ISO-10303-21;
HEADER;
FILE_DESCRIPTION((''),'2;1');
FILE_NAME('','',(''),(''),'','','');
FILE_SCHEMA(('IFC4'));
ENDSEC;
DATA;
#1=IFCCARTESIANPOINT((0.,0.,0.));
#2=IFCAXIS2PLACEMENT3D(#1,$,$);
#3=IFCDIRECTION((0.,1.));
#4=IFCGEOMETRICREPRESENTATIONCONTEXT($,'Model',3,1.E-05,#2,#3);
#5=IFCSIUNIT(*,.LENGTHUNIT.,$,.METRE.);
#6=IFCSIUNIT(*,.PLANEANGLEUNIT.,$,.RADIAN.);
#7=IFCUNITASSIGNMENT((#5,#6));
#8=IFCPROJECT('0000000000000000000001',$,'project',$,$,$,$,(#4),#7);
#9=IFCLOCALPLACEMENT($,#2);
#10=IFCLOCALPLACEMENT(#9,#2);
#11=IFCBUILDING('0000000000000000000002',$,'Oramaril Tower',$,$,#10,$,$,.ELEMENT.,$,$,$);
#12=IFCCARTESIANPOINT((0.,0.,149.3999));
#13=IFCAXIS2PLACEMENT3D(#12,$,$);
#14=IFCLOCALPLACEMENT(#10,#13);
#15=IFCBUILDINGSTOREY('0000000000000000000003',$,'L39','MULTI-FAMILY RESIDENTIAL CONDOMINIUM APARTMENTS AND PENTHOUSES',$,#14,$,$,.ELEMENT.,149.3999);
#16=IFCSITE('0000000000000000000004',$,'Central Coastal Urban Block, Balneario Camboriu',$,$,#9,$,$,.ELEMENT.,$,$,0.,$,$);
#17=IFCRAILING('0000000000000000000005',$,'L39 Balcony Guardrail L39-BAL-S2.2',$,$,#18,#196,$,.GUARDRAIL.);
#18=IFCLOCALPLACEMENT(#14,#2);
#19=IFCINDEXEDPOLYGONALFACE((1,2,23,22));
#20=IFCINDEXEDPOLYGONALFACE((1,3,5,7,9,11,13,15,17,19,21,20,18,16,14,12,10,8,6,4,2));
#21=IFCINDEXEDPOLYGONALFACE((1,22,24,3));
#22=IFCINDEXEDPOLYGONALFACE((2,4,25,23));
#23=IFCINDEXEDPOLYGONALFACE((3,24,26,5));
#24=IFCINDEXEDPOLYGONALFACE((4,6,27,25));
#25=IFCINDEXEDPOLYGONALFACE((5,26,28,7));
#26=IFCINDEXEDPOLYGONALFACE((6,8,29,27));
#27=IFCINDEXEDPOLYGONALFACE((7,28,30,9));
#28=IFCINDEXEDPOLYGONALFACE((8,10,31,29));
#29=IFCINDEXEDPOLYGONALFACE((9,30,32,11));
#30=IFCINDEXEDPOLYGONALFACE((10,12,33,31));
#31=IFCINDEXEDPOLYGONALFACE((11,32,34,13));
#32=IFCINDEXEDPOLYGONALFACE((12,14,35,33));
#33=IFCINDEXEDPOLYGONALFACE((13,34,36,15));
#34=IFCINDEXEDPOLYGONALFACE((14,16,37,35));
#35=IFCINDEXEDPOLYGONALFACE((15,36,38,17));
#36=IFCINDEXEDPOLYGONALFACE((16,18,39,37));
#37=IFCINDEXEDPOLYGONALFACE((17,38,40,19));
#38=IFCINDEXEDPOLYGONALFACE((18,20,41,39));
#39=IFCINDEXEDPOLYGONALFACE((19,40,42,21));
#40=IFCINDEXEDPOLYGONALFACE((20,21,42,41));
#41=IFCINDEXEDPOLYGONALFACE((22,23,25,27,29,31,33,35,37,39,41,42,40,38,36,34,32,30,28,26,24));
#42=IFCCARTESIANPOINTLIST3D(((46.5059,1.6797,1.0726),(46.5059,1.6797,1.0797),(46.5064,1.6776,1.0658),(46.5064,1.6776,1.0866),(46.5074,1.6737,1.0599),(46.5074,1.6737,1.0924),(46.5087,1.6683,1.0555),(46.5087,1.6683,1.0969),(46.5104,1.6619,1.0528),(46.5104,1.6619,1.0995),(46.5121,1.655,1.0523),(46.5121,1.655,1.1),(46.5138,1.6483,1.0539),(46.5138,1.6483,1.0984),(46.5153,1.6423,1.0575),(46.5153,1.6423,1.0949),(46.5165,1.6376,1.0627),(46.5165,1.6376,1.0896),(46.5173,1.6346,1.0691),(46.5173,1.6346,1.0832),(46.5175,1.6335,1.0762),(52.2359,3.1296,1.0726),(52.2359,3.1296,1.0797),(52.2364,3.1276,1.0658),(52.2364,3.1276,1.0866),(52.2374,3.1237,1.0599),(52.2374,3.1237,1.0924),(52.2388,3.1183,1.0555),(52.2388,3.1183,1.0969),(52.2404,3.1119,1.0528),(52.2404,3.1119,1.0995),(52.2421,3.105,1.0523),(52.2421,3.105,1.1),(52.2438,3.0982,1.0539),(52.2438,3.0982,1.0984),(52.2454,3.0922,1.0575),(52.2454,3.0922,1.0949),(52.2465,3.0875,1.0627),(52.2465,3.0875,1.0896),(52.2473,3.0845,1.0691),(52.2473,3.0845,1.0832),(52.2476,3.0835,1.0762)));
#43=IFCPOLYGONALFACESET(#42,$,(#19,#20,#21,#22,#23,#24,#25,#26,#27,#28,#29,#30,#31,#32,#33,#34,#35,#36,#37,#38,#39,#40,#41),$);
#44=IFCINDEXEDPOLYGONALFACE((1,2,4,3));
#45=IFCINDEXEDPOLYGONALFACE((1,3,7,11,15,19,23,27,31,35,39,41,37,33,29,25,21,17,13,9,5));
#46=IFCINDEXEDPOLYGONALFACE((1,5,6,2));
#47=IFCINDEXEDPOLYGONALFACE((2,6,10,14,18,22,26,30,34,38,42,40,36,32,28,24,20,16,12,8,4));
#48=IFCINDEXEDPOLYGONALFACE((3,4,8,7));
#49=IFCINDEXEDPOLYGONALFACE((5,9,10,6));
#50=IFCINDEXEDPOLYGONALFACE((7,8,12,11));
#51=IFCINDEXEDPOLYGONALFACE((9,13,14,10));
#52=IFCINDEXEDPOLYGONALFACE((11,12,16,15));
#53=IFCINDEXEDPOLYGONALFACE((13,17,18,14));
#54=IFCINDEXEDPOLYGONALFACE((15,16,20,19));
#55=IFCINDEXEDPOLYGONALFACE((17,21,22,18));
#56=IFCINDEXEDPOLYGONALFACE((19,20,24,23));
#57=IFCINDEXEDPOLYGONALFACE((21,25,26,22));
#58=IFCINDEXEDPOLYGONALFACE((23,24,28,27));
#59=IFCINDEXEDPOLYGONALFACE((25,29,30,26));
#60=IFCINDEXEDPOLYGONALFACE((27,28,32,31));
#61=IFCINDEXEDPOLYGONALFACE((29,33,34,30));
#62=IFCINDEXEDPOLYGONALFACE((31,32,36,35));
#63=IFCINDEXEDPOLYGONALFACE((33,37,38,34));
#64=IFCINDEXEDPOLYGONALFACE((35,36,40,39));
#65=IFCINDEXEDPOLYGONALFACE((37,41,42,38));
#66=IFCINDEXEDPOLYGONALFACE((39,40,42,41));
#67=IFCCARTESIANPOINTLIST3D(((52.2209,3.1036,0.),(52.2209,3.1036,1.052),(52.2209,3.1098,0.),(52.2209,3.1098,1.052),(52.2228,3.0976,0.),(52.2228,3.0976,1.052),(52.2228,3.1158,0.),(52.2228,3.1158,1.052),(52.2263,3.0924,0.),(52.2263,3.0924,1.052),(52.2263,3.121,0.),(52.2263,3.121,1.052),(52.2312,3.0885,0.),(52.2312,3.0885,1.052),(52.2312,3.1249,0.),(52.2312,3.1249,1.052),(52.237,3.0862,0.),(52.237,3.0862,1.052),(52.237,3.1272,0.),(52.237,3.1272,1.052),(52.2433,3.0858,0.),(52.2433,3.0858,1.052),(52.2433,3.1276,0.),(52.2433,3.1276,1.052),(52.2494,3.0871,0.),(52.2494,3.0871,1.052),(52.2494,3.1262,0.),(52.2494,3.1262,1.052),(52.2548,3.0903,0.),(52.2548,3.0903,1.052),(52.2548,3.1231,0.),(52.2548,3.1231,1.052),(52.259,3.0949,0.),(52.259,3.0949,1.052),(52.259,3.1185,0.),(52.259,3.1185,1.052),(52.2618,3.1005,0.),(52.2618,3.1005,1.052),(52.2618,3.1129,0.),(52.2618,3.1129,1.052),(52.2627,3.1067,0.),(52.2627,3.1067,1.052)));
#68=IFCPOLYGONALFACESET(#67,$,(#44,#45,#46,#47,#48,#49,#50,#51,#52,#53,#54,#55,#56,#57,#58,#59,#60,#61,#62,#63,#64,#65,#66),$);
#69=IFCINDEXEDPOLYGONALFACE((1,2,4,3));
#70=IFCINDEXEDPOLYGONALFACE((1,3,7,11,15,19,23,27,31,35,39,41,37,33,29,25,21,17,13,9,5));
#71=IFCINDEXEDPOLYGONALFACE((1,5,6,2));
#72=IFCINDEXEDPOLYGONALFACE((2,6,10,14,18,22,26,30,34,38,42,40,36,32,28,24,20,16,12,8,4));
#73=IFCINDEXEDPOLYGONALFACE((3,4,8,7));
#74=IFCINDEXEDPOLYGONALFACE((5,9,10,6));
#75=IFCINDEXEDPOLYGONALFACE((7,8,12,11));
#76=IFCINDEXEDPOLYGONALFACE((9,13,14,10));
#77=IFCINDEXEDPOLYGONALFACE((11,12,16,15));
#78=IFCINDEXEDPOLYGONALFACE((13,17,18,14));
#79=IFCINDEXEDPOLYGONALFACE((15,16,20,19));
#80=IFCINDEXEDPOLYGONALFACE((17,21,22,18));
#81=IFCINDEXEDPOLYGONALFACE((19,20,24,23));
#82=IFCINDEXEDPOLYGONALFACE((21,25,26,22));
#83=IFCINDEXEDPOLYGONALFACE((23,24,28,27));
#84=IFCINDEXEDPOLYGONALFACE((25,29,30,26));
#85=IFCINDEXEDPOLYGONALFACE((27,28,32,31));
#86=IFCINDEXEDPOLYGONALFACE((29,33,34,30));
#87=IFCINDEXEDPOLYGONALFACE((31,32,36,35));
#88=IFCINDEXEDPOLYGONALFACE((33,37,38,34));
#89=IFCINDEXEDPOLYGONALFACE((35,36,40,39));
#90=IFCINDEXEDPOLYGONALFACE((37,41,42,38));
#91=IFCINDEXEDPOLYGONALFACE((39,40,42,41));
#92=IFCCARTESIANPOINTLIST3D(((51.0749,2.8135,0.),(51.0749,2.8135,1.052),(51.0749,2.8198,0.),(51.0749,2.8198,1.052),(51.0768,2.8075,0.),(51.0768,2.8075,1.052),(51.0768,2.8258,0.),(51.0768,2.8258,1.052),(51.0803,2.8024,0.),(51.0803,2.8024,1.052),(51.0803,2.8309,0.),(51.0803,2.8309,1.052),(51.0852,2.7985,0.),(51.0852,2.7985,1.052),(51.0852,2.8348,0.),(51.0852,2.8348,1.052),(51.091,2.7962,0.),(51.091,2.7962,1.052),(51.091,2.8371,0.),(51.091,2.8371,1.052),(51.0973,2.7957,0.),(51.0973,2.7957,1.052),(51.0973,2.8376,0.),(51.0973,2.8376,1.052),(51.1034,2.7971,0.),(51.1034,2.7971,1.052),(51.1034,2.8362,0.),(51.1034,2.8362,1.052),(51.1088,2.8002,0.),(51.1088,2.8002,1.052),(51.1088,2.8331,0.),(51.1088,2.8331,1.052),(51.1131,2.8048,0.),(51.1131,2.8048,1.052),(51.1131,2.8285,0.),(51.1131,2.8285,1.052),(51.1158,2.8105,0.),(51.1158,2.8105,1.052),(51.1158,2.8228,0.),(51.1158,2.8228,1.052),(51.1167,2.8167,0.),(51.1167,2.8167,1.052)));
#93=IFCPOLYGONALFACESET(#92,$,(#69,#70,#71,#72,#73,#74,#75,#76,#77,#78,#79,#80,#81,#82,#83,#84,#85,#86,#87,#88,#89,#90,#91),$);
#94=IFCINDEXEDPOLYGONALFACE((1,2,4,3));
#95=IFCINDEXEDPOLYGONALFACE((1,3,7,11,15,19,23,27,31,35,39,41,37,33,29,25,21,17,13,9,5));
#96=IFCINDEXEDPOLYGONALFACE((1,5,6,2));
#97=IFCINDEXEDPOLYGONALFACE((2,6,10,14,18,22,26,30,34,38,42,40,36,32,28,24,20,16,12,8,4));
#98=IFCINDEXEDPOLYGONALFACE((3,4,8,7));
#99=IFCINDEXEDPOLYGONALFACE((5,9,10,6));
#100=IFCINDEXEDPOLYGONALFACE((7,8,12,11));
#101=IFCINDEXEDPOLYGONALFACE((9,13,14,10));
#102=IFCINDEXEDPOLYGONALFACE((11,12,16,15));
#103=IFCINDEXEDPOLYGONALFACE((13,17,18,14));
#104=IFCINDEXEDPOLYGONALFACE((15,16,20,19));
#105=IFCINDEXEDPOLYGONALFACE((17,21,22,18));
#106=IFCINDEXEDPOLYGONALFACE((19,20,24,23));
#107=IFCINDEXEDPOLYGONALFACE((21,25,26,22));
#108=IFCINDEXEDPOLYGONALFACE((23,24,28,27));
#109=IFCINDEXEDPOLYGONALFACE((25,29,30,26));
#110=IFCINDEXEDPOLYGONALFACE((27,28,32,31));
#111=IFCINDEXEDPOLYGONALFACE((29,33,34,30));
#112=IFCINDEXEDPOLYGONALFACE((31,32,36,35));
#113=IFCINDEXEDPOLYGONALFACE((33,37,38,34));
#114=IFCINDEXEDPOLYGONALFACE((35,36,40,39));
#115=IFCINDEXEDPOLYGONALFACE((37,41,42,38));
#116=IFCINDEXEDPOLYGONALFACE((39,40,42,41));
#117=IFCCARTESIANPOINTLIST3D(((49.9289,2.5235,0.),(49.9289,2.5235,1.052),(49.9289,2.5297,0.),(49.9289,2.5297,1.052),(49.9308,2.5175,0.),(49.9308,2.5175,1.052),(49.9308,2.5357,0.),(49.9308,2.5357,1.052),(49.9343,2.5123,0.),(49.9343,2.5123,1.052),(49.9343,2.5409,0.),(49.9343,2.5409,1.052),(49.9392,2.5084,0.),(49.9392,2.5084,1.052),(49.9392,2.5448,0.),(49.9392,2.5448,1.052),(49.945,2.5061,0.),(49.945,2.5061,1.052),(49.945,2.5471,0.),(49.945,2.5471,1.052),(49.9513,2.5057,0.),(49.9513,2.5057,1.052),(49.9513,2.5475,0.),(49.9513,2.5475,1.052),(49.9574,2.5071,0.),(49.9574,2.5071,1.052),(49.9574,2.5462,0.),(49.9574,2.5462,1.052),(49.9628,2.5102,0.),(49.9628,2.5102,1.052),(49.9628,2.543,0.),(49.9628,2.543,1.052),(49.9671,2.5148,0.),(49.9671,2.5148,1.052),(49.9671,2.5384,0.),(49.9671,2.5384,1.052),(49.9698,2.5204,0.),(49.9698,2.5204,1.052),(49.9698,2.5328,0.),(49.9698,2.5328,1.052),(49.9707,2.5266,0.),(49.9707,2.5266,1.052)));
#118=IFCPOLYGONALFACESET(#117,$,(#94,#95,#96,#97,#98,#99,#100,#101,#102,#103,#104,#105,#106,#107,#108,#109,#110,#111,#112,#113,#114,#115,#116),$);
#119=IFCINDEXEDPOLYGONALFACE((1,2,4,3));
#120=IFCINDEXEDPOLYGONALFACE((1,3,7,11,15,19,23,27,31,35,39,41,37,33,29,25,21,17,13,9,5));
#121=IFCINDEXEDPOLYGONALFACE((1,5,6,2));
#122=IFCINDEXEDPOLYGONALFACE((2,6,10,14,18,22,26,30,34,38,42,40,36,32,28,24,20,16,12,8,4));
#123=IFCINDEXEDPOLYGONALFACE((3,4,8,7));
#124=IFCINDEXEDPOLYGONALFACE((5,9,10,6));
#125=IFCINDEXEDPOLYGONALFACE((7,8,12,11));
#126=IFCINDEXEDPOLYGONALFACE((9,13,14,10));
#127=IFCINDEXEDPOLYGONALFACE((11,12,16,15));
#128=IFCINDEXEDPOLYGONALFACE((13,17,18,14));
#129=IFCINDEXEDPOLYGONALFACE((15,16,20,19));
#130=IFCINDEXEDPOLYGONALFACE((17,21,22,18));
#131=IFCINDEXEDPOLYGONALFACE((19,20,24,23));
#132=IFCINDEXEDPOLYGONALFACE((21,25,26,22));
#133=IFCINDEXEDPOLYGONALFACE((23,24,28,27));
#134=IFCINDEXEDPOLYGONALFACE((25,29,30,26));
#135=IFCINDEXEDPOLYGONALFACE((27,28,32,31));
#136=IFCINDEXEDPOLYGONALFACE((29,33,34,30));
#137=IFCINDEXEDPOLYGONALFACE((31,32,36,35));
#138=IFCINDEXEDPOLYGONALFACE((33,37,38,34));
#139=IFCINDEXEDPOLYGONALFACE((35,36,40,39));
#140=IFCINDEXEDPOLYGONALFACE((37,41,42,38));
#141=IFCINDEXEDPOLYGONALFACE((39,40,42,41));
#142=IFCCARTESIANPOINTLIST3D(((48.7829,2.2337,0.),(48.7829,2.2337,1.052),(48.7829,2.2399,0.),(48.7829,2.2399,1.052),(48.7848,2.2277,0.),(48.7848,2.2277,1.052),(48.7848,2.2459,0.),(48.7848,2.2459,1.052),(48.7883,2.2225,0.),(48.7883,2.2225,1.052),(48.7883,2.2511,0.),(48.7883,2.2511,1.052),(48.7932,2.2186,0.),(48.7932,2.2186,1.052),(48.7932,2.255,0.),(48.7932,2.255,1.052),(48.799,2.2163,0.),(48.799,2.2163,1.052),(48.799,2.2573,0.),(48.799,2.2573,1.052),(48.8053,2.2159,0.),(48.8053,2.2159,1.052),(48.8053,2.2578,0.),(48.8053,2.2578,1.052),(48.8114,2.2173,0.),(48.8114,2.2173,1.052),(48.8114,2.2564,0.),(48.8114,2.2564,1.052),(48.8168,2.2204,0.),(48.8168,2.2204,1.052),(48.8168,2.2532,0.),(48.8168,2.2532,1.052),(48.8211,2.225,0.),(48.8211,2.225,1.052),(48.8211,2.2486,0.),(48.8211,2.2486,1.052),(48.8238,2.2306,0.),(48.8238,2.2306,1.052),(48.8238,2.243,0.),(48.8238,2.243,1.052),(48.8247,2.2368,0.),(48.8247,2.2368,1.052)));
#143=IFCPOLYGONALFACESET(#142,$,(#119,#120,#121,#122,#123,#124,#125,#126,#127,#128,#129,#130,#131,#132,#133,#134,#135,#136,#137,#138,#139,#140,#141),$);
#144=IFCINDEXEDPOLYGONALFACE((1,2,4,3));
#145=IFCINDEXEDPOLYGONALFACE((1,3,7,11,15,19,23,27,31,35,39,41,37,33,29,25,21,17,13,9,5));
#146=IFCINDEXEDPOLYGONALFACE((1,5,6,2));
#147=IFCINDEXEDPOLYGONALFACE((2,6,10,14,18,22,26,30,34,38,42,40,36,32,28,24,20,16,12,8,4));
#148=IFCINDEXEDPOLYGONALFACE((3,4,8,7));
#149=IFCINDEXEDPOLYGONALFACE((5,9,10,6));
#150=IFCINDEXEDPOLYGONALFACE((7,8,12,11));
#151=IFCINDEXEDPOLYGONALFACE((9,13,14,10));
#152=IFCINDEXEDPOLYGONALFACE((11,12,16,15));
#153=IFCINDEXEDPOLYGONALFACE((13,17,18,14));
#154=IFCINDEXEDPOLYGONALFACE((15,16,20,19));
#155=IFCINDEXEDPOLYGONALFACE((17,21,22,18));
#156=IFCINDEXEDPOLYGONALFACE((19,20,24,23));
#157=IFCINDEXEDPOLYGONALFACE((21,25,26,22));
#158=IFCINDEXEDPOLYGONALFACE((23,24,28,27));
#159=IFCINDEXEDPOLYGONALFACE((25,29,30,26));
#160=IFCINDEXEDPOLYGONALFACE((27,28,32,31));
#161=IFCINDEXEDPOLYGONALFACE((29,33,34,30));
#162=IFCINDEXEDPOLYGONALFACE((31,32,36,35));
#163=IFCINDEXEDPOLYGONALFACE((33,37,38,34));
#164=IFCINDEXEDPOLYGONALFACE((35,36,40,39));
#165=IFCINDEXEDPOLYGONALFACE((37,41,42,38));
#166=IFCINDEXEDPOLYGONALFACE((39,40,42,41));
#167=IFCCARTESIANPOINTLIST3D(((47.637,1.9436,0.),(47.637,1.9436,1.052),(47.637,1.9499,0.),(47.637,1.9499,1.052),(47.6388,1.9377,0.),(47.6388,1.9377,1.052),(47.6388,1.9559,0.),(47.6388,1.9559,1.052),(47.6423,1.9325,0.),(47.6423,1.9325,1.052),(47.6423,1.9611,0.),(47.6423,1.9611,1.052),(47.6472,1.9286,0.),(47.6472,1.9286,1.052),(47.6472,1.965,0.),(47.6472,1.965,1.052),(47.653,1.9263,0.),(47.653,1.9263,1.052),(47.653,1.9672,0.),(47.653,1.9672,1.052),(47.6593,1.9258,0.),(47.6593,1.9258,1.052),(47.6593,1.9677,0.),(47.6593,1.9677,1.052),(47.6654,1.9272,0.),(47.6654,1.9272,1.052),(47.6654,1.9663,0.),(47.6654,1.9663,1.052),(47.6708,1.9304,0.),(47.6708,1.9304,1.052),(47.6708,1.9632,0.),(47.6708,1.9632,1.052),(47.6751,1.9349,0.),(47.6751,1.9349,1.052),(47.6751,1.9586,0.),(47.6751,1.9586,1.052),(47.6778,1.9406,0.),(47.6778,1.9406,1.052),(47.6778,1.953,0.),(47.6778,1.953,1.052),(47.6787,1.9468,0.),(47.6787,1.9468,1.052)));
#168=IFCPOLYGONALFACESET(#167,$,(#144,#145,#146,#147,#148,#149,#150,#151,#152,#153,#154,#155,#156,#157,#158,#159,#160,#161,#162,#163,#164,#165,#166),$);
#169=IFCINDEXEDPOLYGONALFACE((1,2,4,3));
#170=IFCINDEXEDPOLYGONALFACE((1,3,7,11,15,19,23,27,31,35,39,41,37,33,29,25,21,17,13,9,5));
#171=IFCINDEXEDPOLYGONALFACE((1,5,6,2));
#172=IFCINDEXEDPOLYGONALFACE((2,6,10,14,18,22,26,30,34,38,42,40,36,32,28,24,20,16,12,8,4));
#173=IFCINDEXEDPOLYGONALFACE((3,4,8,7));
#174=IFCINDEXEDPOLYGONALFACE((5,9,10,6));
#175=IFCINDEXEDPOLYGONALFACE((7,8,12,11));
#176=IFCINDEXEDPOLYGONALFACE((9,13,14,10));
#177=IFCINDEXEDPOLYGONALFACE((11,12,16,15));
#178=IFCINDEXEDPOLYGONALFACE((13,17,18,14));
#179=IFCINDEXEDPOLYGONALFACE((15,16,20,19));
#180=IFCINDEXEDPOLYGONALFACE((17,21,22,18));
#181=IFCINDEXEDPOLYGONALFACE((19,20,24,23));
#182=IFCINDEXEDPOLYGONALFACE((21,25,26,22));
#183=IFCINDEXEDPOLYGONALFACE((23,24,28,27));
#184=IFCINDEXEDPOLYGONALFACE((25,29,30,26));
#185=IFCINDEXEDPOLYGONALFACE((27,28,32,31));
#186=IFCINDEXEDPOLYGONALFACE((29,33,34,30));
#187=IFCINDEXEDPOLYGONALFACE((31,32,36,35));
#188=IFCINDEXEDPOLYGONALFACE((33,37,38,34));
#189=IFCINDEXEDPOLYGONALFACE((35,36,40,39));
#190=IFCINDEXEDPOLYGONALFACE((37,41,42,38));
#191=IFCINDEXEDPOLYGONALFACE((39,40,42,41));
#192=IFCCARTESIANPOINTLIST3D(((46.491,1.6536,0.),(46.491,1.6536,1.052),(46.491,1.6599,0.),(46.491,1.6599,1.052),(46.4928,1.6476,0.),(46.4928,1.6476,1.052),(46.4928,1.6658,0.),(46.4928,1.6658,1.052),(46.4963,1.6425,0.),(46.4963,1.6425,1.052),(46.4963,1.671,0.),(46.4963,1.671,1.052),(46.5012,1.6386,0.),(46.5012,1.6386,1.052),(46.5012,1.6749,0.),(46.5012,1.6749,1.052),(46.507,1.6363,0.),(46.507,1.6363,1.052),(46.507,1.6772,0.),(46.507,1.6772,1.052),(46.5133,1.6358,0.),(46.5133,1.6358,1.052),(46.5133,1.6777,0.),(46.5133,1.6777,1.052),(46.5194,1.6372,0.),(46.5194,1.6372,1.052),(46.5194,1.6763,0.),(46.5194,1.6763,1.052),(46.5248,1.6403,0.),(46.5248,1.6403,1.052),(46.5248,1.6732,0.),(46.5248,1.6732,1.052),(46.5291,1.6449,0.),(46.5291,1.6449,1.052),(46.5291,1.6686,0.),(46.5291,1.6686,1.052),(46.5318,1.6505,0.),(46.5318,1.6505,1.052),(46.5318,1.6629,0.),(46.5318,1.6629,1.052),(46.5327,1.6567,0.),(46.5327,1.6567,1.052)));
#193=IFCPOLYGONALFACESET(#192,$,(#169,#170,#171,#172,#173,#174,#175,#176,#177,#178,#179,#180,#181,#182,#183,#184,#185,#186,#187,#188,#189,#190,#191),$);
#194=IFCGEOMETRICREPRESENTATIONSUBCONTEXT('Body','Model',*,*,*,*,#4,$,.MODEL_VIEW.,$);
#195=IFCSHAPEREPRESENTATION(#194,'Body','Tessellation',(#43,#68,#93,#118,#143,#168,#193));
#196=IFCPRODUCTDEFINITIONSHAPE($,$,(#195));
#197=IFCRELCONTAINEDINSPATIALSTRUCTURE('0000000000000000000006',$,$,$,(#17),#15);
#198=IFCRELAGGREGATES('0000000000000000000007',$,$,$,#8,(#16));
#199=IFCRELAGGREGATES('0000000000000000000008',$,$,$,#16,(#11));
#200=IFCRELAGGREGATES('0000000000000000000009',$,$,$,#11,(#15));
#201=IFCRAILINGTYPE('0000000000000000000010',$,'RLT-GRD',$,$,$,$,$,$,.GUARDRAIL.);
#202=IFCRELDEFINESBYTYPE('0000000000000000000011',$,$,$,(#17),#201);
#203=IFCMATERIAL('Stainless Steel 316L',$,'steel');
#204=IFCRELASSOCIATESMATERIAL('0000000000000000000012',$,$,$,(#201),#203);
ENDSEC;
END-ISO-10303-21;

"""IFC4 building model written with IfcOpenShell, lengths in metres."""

from ifc_helpers import new_model, si_unit, direction, frame, origin, origin_2d, place, context, subcontext, project, spatial, circle, extrude, material, type_object, element, save


model = new_model("IFC4")

# Units and contexts
model_context = context("Model", 3, precision=1e-05, world=origin(), true_north=direction((0.0, 1.0)))
body_context = subcontext(model_context, "Body", "Model", "MODEL_VIEW")
ifc_project = project(units=[si_unit("LENGTHUNIT", "METRE"), si_unit("PLANEANGLEUNIT", "RADIAN")], contexts=[model_context])

# Site, building, storey
site_placement = place(None, origin())
site = spatial("IfcSite", under=ifc_project, at=site_placement, Name="Central Coastal Urban Block, Balneario Camboriu", CompositionType="ELEMENT", RefElevation=0.0)
building_placement = place(site_placement, origin())
building = spatial("IfcBuilding", under=site, at=building_placement, Name="Oramaril Tower", CompositionType="ELEMENT")
storey_placement = place(building_placement, frame((0.0, 0.0, 149.3999)))
storey = spatial("IfcBuildingStorey", under=building, at=storey_placement, Name="L39", Description="MULTI-FAMILY RESIDENTIAL CONDOMINIUM APARTMENTS AND PENTHOUSES", CompositionType="ELEMENT", Elevation=149.3999)

# Railing
ifc_material_1 = material(Name="Stainless Steel 316L", Category="steel")
railing_type = type_object("IfcRailingType", Name="RLT-GRD", PredefinedType="GUARDRAIL", material=ifc_material_1)
railing_1_placement = place(storey_placement, frame((52.2417, 3.1067, 0.0)))
element("IfcRailing", 1, at=railing_1_placement, inside=storey, type_object=railing_type, Name="L39 Balcony Guardrail L39-BAL-S2.2", PredefinedType="GUARDRAIL", context=body_context, shape_type="SweptSolid", body=[
    extrude(circle(Radius=0.0239, at=origin_2d()), frame((0.0, 0.0, 1.0762), z_axis=(-0.969444, -0.245314, 0.0), x_axis=(0.245314, -0.969444, 0.0)), (0.0, 0.0, 1.0), 5.9106),
    extrude(circle(Radius=0.021, at=origin_2d()), origin(), (0.0, 0.0, 1.0), 1.052),
    extrude(circle(Radius=0.021, at=origin_2d()), frame((-1.146, -0.29, 0.0)), (0.0, 0.0, 1.0), 1.052),
    extrude(circle(Radius=0.021, at=origin_2d()), frame((-2.292, -0.5801, 0.0)), (0.0, 0.0, 1.0), 1.052),
    extrude(circle(Radius=0.021, at=origin_2d()), frame((-3.438, -0.8699, 0.0)), (0.0, 0.0, 1.0), 1.052),
    extrude(circle(Radius=0.021, at=origin_2d()), frame((-4.584, -1.1599, 0.0)), (0.0, 0.0, 1.0), 1.052),
    extrude(circle(Radius=0.021, at=origin_2d()), frame((-5.73, -1.45, 0.0)), (0.0, 0.0, 1.0), 1.052),
])

save(model, "model.ifc")
